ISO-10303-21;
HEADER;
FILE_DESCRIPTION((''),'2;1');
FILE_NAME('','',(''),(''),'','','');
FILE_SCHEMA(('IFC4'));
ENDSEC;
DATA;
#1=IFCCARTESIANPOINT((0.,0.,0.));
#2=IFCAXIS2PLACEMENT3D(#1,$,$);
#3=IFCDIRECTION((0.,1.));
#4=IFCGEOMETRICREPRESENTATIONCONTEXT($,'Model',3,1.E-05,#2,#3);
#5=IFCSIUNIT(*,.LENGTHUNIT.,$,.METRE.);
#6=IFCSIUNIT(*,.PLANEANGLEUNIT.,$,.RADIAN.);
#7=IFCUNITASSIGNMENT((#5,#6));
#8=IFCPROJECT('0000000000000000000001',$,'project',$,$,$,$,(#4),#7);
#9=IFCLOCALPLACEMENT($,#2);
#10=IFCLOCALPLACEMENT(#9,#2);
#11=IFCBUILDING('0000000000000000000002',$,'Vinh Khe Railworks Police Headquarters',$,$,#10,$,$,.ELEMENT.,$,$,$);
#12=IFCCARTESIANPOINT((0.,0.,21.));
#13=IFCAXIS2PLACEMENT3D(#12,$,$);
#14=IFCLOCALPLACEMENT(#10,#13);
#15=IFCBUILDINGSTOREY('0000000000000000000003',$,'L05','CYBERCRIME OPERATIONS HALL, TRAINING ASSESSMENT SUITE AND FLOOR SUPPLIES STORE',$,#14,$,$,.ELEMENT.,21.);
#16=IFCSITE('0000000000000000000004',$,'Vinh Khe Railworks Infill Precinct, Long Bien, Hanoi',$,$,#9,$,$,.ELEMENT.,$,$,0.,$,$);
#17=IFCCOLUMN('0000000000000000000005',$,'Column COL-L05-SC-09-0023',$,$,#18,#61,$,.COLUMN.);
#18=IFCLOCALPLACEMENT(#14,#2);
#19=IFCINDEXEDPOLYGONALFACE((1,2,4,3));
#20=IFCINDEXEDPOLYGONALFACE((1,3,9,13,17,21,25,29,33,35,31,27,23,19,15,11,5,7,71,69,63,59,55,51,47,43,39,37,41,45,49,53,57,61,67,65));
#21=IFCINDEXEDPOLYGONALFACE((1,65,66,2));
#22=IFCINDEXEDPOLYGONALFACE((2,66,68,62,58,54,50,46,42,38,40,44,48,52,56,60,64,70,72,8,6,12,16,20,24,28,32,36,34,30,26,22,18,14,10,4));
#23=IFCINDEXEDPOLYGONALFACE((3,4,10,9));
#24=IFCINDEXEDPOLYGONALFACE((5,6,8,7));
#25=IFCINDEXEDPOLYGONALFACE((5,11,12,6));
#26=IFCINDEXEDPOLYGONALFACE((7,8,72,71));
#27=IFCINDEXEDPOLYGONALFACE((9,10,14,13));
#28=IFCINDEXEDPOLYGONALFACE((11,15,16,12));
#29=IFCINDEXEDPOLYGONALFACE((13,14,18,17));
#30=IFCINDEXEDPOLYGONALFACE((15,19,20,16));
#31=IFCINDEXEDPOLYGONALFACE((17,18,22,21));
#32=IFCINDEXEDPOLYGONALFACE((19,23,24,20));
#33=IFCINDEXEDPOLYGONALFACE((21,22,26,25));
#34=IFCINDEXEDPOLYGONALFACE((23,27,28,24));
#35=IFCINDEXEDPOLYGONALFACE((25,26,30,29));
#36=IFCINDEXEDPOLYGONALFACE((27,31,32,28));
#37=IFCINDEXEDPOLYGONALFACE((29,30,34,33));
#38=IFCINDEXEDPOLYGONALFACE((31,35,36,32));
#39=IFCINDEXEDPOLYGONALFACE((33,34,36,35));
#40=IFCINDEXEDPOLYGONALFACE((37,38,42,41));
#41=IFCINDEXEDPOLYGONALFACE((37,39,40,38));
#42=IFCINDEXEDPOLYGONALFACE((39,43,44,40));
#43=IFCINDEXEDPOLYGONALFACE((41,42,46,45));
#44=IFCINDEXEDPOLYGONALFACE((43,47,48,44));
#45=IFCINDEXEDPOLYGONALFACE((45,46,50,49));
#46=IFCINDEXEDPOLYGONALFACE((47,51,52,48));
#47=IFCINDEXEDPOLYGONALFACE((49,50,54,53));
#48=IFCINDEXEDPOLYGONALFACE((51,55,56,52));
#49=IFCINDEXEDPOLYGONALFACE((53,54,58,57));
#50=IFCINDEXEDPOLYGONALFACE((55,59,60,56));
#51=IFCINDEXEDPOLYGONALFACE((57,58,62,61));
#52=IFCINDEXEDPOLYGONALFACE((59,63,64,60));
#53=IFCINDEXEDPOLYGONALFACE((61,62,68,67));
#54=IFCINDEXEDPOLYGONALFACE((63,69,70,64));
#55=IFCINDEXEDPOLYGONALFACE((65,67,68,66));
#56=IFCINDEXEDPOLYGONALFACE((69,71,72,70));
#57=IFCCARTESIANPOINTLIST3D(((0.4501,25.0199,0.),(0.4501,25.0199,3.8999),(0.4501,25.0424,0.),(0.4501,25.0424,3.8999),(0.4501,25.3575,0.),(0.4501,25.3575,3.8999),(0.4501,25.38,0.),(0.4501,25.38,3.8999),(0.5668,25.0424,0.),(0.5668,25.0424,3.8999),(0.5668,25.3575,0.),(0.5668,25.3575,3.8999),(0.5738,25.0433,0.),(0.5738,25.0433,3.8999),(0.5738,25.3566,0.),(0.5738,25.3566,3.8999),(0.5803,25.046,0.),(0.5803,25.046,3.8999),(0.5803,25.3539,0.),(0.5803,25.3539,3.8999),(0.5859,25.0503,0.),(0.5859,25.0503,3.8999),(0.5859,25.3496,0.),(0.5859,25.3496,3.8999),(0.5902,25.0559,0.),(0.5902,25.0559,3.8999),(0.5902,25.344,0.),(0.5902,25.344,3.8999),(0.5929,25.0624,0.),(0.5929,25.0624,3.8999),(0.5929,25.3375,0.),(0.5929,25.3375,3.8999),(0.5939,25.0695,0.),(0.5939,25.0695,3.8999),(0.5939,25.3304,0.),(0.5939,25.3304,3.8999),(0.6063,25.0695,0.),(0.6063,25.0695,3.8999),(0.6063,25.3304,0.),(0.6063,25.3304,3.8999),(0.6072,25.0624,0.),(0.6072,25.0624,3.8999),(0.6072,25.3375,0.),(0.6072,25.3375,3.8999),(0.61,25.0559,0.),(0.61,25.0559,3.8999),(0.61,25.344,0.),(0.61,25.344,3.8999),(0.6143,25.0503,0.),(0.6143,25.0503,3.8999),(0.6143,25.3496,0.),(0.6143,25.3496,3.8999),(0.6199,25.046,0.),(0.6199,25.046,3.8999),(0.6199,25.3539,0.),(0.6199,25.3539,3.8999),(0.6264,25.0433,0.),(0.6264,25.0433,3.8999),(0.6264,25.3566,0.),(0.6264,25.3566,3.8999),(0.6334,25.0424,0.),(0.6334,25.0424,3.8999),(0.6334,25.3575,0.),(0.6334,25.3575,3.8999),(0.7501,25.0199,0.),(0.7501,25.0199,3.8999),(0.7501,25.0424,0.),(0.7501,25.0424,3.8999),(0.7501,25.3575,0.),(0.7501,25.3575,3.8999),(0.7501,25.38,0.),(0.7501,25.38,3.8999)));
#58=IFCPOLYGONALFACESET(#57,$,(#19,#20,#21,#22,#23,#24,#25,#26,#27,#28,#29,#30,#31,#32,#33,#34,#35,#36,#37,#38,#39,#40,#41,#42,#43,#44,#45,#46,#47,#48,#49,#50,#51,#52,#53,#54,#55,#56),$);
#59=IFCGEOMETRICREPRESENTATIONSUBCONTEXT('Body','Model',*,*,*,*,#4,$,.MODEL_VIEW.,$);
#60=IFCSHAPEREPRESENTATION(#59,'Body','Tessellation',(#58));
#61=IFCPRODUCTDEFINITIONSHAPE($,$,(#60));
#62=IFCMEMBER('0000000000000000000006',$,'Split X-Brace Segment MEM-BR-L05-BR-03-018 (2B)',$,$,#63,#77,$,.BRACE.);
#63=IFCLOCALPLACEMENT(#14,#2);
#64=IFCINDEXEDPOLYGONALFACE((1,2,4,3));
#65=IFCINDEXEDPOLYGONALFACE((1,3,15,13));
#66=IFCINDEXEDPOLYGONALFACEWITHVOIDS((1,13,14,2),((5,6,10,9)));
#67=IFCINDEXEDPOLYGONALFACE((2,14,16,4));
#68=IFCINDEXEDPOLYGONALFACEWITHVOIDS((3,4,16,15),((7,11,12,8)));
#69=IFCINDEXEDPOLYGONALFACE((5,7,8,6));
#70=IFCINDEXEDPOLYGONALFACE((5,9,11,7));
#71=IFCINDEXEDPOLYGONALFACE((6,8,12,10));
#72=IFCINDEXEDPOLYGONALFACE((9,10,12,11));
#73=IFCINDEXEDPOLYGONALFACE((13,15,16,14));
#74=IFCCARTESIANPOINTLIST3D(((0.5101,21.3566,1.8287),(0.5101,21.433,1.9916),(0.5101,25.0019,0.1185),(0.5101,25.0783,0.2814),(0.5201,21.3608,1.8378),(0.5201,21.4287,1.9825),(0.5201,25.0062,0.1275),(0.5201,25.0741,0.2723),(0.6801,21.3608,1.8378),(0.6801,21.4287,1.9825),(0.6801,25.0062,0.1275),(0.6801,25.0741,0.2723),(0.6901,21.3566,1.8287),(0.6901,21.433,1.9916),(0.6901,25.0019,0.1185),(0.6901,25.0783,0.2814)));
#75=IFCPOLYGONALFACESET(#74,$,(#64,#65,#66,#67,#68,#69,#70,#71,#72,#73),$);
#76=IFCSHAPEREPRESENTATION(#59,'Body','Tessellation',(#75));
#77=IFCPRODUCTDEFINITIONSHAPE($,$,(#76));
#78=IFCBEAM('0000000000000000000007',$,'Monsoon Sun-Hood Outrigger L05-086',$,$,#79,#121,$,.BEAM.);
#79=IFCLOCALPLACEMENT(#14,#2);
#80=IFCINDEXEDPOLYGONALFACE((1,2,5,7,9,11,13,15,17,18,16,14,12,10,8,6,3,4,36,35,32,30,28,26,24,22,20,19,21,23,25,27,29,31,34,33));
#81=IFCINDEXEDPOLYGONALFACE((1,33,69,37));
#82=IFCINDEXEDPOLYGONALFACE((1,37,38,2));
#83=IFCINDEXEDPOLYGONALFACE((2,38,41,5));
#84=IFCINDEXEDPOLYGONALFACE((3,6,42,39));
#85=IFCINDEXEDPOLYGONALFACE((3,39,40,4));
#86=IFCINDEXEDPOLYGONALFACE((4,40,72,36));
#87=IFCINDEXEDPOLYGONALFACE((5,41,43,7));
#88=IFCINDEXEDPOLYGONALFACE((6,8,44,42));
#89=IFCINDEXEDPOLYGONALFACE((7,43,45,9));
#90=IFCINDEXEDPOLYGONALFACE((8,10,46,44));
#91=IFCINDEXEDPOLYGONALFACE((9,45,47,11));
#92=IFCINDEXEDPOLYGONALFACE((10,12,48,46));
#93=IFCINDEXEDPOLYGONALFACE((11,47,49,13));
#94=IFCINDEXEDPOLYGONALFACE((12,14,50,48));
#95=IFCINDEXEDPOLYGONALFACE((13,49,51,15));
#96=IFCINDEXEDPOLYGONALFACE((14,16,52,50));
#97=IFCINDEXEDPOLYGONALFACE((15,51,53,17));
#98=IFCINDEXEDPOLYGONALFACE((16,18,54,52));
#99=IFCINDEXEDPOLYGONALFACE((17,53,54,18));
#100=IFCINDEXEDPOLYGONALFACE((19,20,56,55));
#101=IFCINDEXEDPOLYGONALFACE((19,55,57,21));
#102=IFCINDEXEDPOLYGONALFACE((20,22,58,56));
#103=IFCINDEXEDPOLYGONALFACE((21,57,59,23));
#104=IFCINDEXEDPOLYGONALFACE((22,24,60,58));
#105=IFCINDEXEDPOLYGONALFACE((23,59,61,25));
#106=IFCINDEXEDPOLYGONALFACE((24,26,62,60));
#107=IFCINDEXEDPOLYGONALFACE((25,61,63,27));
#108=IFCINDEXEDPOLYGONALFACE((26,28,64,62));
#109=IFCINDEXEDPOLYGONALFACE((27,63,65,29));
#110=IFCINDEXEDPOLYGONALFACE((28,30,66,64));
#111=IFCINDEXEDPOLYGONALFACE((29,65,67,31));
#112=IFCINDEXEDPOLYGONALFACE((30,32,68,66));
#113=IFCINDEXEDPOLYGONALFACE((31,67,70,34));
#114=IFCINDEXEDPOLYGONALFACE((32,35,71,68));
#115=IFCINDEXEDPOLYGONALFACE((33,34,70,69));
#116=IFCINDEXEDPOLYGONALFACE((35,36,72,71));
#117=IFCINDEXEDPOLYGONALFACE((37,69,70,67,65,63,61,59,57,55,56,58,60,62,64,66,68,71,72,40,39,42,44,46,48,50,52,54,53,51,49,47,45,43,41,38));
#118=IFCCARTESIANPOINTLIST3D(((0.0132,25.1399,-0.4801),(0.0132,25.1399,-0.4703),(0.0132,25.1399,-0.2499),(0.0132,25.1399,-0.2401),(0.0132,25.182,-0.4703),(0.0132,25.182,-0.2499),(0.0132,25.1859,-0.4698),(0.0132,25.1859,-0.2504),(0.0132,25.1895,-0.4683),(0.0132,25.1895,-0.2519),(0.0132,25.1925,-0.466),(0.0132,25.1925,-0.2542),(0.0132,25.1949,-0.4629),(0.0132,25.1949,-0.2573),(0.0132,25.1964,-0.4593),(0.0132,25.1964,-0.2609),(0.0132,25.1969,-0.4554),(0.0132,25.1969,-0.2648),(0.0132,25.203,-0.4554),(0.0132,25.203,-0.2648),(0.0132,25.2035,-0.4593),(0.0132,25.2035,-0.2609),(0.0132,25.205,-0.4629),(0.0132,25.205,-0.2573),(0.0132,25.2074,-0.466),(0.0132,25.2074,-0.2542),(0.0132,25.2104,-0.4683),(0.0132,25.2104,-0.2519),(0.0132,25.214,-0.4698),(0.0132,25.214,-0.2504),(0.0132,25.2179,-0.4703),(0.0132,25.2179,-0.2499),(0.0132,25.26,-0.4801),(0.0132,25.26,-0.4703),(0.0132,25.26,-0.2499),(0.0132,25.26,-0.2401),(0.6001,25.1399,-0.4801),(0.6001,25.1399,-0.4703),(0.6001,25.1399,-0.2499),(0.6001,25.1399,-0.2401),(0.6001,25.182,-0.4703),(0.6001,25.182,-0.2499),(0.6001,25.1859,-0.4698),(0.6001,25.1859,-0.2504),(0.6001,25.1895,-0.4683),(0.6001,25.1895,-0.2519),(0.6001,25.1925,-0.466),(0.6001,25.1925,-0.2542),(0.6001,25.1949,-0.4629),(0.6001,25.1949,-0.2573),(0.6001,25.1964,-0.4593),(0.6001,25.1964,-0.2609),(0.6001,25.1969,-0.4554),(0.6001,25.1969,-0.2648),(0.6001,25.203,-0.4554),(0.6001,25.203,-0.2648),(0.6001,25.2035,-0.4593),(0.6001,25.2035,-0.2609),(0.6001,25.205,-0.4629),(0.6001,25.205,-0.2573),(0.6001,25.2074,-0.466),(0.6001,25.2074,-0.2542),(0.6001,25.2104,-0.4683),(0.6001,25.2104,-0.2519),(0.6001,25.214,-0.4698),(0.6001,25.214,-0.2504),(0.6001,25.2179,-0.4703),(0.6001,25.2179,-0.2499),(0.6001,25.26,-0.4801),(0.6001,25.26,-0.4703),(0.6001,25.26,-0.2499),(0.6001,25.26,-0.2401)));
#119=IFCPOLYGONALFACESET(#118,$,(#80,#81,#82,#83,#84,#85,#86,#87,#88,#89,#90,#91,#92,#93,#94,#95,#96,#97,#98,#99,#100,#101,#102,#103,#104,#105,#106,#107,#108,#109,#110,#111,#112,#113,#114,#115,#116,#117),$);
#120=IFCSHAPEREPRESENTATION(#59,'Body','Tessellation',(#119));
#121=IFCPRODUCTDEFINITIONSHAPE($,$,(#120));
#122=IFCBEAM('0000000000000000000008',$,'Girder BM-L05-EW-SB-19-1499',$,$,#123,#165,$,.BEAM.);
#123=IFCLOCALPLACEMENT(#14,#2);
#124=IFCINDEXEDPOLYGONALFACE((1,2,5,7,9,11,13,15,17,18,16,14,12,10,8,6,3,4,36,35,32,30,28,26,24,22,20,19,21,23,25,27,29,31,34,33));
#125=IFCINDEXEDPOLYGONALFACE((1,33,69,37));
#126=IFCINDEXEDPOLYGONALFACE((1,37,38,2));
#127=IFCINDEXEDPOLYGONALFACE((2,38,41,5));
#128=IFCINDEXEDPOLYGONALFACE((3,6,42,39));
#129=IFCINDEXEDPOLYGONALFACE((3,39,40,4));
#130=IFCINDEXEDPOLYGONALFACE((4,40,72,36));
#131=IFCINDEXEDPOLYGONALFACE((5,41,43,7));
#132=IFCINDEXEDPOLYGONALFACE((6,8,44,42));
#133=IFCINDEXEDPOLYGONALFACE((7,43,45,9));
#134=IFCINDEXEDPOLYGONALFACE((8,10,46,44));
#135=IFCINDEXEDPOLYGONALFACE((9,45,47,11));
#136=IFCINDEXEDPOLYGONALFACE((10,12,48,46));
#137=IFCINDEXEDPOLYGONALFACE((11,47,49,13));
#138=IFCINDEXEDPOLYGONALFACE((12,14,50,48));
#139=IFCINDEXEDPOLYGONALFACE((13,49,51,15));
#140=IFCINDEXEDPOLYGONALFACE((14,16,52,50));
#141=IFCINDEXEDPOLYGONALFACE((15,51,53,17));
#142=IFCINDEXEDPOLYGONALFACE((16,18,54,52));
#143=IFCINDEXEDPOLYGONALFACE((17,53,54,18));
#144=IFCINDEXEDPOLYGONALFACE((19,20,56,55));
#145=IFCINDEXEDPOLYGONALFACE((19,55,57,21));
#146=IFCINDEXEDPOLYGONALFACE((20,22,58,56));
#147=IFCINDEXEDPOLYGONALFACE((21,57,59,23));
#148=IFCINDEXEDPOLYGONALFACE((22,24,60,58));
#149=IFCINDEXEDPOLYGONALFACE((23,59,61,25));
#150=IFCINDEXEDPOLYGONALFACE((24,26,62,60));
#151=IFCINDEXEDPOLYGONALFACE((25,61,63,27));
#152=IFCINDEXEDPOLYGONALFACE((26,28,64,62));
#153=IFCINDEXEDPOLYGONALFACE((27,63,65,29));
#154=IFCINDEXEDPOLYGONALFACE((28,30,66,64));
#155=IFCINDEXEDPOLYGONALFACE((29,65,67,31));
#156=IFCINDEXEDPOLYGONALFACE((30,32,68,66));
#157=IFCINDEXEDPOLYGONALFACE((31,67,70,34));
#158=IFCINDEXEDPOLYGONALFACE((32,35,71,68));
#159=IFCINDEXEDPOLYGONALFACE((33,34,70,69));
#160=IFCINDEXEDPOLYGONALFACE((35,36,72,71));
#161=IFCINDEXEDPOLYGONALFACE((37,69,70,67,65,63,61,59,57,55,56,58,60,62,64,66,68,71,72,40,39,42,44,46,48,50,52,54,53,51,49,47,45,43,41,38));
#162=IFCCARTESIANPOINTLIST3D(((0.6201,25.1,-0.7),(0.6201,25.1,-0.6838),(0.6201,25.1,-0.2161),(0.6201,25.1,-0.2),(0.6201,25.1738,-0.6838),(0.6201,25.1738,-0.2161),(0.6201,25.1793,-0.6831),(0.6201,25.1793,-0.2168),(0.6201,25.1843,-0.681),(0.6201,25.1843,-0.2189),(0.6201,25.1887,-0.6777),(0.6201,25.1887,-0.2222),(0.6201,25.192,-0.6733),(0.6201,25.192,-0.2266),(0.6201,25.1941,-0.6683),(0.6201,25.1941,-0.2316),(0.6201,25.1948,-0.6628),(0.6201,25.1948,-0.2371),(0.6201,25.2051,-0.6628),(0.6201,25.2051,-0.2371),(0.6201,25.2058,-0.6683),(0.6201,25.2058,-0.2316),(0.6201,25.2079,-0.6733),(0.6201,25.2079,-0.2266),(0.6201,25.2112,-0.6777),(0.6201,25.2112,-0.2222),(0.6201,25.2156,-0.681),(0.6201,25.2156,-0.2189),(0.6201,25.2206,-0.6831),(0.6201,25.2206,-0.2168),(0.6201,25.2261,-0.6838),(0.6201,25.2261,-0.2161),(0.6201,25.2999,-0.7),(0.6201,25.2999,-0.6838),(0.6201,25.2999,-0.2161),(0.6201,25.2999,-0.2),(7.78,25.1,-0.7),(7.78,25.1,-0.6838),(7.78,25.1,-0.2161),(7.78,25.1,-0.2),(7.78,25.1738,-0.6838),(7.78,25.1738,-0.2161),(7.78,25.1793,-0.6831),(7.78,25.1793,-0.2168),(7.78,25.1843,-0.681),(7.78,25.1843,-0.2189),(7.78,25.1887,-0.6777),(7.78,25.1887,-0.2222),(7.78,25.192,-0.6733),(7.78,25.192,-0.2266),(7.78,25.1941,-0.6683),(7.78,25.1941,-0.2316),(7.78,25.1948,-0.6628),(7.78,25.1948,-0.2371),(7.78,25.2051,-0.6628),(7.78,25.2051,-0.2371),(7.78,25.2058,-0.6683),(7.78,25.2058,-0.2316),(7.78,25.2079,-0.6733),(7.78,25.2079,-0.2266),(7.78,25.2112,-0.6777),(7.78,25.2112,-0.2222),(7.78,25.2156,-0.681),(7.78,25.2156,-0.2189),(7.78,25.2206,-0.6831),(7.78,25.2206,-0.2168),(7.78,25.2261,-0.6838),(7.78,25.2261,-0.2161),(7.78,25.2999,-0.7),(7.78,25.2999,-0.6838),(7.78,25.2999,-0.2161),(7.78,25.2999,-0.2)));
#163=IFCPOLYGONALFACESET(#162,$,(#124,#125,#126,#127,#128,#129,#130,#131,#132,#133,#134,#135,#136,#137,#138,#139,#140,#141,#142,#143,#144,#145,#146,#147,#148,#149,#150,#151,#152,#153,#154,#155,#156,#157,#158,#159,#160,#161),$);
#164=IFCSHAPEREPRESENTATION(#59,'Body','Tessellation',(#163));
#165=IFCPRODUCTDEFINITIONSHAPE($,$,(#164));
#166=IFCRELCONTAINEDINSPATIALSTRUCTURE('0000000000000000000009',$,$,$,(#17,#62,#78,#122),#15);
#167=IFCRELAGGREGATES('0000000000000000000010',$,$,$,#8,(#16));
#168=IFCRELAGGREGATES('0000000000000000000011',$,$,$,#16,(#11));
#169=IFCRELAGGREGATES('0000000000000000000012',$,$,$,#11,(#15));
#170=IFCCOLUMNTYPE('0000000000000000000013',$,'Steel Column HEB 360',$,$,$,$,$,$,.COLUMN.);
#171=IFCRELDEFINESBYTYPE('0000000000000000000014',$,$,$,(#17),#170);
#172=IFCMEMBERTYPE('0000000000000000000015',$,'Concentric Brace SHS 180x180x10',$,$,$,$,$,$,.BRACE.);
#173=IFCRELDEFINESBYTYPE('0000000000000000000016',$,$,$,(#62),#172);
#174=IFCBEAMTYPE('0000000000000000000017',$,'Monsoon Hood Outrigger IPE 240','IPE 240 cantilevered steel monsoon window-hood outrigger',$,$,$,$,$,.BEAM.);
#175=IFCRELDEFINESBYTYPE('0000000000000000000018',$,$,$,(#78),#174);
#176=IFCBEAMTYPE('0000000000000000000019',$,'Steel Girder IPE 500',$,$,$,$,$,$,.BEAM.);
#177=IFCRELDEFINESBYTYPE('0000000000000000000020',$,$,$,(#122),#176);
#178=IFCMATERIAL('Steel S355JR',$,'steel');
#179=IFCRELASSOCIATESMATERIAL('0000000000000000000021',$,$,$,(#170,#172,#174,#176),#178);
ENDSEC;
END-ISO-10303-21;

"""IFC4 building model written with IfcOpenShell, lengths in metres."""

from ifc_helpers import new_model, si_unit, direction, frame, origin, origin_2d, place, context, subcontext, project, spatial, hollow_rectangle, i_section, extrude, material, material_profile, profile_set, type_object, element, save


model = new_model("IFC4")

# Units and contexts
model_context = context("Model", 3, precision=1e-05, world=origin(), true_north=direction((0.0, 1.0)))
body_context = subcontext(model_context, "Body", "Model", "MODEL_VIEW")
ifc_project = project(units=[si_unit("LENGTHUNIT", "METRE"), si_unit("PLANEANGLEUNIT", "RADIAN")], contexts=[model_context])

# Site, building, storey
site_placement = place(None, origin())
site = spatial("IfcSite", under=ifc_project, at=site_placement, Name="Vinh Khe Railworks Infill Precinct, Long Bien, Hanoi", CompositionType="ELEMENT", RefElevation=0.0)
building_placement = place(site_placement, origin())
building = spatial("IfcBuilding", under=site, at=building_placement, Name="Vinh Khe Railworks Police Headquarters", CompositionType="ELEMENT")
storey_placement = place(building_placement, frame((0.0, 0.0, 21.0)))
storey = spatial("IfcBuildingStorey", under=building, at=storey_placement, Name="L05", Description="CYBERCRIME OPERATIONS HALL, TRAINING ASSESSMENT SUITE AND FLOOR SUPPLIES STORE", CompositionType="ELEMENT", Elevation=21.0)

# Column
ifc_material_1 = material(Name="Steel S355JR", Category="steel")
ifc_material_profile_1 = material_profile(ifc_material_1, i_section(OverallWidth=0.3, OverallDepth=0.3601, WebThickness=0.0125, FlangeThickness=0.0225, FilletRadius=0.0271, at=origin_2d()), Name="HEB 360")
ifc_profile_set_1 = profile_set([ifc_material_profile_1], Name="Steel S355JR")
column_type = type_object("IfcColumnType", Name="Steel Column HEB 360", PredefinedType="COLUMN", material=ifc_profile_set_1)
column_placement = place(storey_placement, frame((0.6001, 25.2, 0.0), z_axis=(0.0, 0.0, 1.0), x_axis=(1.0, 0.0, 0.0)))
element("IfcColumn", 1, at=column_placement, inside=storey, type_object=column_type, Name="Column COL-L05-SC-09-0023", PredefinedType="COLUMN", context=body_context, shape_type="SweptSolid", body=[
    extrude(i_section(OverallWidth=0.3, OverallDepth=0.3601, WebThickness=0.0125, FlangeThickness=0.0225, FilletRadius=0.0271, at=origin_2d()), origin(), (0.0, 0.0, 1.0), 3.8999),
])

# Member
ifc_material_profile_2 = material_profile(ifc_material_1, hollow_rectangle(XDim=0.1799, YDim=0.1799, WallThickness=0.01, at=origin_2d()), Name="SHS 180x180x10")
ifc_profile_set_2 = profile_set([ifc_material_profile_2], Name="Steel S355JR")
member_type = type_object("IfcMemberType", Name="Concentric Brace SHS 180x180x10", PredefinedType="BRACE", material=ifc_profile_set_2)
member_placement = place(storey_placement, frame((0.6001, 21.3948, 1.9102), z_axis=(0.0, 0.905317, -0.424737), x_axis=(-1.0, 0.0, 0.0)))
element("IfcMember", 2, at=member_placement, inside=storey, type_object=member_type, Name="Split X-Brace Segment MEM-BR-L05-BR-03-018 (2B)", PredefinedType="BRACE", context=body_context, shape_type="SweptSolid", body=[
    extrude(hollow_rectangle(XDim=0.1799, YDim=0.1799, WallThickness=0.01, at=origin_2d()), origin(), (0.0, 0.0, 1.0), 4.0266),
])

# Beams
ifc_material_profile_3 = material_profile(ifc_material_1, i_section(OverallWidth=0.1201, OverallDepth=0.24, WebThickness=0.0061, FlangeThickness=0.0098, FilletRadius=0.0149, at=origin_2d()), Name="IPE 240")
ifc_profile_set_3 = profile_set([ifc_material_profile_3], Name="Steel S355JR")
beam_type_1 = type_object("IfcBeamType", Name="Monsoon Hood Outrigger IPE 240", Description="IPE 240 cantilevered steel monsoon window-hood outrigger", PredefinedType="BEAM", material=ifc_profile_set_3)
beam_1_placement = place(storey_placement, frame((0.0132, 25.2, -0.3601), z_axis=(1.0, 0.0, 0.0), x_axis=(0.0, 1.0, 0.0)))
element("IfcBeam", 3, at=beam_1_placement, inside=storey, type_object=beam_type_1, Name="Monsoon Sun-Hood Outrigger L05-086", PredefinedType="BEAM", context=body_context, shape_type="SweptSolid", body=[
    extrude(i_section(OverallWidth=0.1201, OverallDepth=0.24, WebThickness=0.0061, FlangeThickness=0.0098, FilletRadius=0.0149, at=origin_2d()), origin(), (0.0, 0.0, 1.0), 0.5869),
])
ifc_material_profile_4 = material_profile(ifc_material_1, i_section(OverallWidth=0.2, OverallDepth=0.5, WebThickness=0.0103, FlangeThickness=0.0161, FilletRadius=0.021, at=origin_2d()), Name="IPE 500")
ifc_profile_set_4 = profile_set([ifc_material_profile_4], Name="Steel S355JR")
beam_type_2 = type_object("IfcBeamType", Name="Steel Girder IPE 500", PredefinedType="BEAM", material=ifc_profile_set_4)
beam_2_placement = place(storey_placement, frame((0.6201, 25.2, -0.45), z_axis=(1.0, 0.0, 0.0), x_axis=(0.0, 1.0, 0.0)))
element("IfcBeam", 4, at=beam_2_placement, inside=storey, type_object=beam_type_2, Name="Girder BM-L05-EW-SB-19-1499", PredefinedType="BEAM", context=body_context, shape_type="SweptSolid", body=[
    extrude(i_section(OverallWidth=0.2, OverallDepth=0.5, WebThickness=0.0103, FlangeThickness=0.0161, FilletRadius=0.021, at=origin_2d()), origin(), (0.0, 0.0, 1.0), 7.1599),
])

save(model, "model.ifc")
